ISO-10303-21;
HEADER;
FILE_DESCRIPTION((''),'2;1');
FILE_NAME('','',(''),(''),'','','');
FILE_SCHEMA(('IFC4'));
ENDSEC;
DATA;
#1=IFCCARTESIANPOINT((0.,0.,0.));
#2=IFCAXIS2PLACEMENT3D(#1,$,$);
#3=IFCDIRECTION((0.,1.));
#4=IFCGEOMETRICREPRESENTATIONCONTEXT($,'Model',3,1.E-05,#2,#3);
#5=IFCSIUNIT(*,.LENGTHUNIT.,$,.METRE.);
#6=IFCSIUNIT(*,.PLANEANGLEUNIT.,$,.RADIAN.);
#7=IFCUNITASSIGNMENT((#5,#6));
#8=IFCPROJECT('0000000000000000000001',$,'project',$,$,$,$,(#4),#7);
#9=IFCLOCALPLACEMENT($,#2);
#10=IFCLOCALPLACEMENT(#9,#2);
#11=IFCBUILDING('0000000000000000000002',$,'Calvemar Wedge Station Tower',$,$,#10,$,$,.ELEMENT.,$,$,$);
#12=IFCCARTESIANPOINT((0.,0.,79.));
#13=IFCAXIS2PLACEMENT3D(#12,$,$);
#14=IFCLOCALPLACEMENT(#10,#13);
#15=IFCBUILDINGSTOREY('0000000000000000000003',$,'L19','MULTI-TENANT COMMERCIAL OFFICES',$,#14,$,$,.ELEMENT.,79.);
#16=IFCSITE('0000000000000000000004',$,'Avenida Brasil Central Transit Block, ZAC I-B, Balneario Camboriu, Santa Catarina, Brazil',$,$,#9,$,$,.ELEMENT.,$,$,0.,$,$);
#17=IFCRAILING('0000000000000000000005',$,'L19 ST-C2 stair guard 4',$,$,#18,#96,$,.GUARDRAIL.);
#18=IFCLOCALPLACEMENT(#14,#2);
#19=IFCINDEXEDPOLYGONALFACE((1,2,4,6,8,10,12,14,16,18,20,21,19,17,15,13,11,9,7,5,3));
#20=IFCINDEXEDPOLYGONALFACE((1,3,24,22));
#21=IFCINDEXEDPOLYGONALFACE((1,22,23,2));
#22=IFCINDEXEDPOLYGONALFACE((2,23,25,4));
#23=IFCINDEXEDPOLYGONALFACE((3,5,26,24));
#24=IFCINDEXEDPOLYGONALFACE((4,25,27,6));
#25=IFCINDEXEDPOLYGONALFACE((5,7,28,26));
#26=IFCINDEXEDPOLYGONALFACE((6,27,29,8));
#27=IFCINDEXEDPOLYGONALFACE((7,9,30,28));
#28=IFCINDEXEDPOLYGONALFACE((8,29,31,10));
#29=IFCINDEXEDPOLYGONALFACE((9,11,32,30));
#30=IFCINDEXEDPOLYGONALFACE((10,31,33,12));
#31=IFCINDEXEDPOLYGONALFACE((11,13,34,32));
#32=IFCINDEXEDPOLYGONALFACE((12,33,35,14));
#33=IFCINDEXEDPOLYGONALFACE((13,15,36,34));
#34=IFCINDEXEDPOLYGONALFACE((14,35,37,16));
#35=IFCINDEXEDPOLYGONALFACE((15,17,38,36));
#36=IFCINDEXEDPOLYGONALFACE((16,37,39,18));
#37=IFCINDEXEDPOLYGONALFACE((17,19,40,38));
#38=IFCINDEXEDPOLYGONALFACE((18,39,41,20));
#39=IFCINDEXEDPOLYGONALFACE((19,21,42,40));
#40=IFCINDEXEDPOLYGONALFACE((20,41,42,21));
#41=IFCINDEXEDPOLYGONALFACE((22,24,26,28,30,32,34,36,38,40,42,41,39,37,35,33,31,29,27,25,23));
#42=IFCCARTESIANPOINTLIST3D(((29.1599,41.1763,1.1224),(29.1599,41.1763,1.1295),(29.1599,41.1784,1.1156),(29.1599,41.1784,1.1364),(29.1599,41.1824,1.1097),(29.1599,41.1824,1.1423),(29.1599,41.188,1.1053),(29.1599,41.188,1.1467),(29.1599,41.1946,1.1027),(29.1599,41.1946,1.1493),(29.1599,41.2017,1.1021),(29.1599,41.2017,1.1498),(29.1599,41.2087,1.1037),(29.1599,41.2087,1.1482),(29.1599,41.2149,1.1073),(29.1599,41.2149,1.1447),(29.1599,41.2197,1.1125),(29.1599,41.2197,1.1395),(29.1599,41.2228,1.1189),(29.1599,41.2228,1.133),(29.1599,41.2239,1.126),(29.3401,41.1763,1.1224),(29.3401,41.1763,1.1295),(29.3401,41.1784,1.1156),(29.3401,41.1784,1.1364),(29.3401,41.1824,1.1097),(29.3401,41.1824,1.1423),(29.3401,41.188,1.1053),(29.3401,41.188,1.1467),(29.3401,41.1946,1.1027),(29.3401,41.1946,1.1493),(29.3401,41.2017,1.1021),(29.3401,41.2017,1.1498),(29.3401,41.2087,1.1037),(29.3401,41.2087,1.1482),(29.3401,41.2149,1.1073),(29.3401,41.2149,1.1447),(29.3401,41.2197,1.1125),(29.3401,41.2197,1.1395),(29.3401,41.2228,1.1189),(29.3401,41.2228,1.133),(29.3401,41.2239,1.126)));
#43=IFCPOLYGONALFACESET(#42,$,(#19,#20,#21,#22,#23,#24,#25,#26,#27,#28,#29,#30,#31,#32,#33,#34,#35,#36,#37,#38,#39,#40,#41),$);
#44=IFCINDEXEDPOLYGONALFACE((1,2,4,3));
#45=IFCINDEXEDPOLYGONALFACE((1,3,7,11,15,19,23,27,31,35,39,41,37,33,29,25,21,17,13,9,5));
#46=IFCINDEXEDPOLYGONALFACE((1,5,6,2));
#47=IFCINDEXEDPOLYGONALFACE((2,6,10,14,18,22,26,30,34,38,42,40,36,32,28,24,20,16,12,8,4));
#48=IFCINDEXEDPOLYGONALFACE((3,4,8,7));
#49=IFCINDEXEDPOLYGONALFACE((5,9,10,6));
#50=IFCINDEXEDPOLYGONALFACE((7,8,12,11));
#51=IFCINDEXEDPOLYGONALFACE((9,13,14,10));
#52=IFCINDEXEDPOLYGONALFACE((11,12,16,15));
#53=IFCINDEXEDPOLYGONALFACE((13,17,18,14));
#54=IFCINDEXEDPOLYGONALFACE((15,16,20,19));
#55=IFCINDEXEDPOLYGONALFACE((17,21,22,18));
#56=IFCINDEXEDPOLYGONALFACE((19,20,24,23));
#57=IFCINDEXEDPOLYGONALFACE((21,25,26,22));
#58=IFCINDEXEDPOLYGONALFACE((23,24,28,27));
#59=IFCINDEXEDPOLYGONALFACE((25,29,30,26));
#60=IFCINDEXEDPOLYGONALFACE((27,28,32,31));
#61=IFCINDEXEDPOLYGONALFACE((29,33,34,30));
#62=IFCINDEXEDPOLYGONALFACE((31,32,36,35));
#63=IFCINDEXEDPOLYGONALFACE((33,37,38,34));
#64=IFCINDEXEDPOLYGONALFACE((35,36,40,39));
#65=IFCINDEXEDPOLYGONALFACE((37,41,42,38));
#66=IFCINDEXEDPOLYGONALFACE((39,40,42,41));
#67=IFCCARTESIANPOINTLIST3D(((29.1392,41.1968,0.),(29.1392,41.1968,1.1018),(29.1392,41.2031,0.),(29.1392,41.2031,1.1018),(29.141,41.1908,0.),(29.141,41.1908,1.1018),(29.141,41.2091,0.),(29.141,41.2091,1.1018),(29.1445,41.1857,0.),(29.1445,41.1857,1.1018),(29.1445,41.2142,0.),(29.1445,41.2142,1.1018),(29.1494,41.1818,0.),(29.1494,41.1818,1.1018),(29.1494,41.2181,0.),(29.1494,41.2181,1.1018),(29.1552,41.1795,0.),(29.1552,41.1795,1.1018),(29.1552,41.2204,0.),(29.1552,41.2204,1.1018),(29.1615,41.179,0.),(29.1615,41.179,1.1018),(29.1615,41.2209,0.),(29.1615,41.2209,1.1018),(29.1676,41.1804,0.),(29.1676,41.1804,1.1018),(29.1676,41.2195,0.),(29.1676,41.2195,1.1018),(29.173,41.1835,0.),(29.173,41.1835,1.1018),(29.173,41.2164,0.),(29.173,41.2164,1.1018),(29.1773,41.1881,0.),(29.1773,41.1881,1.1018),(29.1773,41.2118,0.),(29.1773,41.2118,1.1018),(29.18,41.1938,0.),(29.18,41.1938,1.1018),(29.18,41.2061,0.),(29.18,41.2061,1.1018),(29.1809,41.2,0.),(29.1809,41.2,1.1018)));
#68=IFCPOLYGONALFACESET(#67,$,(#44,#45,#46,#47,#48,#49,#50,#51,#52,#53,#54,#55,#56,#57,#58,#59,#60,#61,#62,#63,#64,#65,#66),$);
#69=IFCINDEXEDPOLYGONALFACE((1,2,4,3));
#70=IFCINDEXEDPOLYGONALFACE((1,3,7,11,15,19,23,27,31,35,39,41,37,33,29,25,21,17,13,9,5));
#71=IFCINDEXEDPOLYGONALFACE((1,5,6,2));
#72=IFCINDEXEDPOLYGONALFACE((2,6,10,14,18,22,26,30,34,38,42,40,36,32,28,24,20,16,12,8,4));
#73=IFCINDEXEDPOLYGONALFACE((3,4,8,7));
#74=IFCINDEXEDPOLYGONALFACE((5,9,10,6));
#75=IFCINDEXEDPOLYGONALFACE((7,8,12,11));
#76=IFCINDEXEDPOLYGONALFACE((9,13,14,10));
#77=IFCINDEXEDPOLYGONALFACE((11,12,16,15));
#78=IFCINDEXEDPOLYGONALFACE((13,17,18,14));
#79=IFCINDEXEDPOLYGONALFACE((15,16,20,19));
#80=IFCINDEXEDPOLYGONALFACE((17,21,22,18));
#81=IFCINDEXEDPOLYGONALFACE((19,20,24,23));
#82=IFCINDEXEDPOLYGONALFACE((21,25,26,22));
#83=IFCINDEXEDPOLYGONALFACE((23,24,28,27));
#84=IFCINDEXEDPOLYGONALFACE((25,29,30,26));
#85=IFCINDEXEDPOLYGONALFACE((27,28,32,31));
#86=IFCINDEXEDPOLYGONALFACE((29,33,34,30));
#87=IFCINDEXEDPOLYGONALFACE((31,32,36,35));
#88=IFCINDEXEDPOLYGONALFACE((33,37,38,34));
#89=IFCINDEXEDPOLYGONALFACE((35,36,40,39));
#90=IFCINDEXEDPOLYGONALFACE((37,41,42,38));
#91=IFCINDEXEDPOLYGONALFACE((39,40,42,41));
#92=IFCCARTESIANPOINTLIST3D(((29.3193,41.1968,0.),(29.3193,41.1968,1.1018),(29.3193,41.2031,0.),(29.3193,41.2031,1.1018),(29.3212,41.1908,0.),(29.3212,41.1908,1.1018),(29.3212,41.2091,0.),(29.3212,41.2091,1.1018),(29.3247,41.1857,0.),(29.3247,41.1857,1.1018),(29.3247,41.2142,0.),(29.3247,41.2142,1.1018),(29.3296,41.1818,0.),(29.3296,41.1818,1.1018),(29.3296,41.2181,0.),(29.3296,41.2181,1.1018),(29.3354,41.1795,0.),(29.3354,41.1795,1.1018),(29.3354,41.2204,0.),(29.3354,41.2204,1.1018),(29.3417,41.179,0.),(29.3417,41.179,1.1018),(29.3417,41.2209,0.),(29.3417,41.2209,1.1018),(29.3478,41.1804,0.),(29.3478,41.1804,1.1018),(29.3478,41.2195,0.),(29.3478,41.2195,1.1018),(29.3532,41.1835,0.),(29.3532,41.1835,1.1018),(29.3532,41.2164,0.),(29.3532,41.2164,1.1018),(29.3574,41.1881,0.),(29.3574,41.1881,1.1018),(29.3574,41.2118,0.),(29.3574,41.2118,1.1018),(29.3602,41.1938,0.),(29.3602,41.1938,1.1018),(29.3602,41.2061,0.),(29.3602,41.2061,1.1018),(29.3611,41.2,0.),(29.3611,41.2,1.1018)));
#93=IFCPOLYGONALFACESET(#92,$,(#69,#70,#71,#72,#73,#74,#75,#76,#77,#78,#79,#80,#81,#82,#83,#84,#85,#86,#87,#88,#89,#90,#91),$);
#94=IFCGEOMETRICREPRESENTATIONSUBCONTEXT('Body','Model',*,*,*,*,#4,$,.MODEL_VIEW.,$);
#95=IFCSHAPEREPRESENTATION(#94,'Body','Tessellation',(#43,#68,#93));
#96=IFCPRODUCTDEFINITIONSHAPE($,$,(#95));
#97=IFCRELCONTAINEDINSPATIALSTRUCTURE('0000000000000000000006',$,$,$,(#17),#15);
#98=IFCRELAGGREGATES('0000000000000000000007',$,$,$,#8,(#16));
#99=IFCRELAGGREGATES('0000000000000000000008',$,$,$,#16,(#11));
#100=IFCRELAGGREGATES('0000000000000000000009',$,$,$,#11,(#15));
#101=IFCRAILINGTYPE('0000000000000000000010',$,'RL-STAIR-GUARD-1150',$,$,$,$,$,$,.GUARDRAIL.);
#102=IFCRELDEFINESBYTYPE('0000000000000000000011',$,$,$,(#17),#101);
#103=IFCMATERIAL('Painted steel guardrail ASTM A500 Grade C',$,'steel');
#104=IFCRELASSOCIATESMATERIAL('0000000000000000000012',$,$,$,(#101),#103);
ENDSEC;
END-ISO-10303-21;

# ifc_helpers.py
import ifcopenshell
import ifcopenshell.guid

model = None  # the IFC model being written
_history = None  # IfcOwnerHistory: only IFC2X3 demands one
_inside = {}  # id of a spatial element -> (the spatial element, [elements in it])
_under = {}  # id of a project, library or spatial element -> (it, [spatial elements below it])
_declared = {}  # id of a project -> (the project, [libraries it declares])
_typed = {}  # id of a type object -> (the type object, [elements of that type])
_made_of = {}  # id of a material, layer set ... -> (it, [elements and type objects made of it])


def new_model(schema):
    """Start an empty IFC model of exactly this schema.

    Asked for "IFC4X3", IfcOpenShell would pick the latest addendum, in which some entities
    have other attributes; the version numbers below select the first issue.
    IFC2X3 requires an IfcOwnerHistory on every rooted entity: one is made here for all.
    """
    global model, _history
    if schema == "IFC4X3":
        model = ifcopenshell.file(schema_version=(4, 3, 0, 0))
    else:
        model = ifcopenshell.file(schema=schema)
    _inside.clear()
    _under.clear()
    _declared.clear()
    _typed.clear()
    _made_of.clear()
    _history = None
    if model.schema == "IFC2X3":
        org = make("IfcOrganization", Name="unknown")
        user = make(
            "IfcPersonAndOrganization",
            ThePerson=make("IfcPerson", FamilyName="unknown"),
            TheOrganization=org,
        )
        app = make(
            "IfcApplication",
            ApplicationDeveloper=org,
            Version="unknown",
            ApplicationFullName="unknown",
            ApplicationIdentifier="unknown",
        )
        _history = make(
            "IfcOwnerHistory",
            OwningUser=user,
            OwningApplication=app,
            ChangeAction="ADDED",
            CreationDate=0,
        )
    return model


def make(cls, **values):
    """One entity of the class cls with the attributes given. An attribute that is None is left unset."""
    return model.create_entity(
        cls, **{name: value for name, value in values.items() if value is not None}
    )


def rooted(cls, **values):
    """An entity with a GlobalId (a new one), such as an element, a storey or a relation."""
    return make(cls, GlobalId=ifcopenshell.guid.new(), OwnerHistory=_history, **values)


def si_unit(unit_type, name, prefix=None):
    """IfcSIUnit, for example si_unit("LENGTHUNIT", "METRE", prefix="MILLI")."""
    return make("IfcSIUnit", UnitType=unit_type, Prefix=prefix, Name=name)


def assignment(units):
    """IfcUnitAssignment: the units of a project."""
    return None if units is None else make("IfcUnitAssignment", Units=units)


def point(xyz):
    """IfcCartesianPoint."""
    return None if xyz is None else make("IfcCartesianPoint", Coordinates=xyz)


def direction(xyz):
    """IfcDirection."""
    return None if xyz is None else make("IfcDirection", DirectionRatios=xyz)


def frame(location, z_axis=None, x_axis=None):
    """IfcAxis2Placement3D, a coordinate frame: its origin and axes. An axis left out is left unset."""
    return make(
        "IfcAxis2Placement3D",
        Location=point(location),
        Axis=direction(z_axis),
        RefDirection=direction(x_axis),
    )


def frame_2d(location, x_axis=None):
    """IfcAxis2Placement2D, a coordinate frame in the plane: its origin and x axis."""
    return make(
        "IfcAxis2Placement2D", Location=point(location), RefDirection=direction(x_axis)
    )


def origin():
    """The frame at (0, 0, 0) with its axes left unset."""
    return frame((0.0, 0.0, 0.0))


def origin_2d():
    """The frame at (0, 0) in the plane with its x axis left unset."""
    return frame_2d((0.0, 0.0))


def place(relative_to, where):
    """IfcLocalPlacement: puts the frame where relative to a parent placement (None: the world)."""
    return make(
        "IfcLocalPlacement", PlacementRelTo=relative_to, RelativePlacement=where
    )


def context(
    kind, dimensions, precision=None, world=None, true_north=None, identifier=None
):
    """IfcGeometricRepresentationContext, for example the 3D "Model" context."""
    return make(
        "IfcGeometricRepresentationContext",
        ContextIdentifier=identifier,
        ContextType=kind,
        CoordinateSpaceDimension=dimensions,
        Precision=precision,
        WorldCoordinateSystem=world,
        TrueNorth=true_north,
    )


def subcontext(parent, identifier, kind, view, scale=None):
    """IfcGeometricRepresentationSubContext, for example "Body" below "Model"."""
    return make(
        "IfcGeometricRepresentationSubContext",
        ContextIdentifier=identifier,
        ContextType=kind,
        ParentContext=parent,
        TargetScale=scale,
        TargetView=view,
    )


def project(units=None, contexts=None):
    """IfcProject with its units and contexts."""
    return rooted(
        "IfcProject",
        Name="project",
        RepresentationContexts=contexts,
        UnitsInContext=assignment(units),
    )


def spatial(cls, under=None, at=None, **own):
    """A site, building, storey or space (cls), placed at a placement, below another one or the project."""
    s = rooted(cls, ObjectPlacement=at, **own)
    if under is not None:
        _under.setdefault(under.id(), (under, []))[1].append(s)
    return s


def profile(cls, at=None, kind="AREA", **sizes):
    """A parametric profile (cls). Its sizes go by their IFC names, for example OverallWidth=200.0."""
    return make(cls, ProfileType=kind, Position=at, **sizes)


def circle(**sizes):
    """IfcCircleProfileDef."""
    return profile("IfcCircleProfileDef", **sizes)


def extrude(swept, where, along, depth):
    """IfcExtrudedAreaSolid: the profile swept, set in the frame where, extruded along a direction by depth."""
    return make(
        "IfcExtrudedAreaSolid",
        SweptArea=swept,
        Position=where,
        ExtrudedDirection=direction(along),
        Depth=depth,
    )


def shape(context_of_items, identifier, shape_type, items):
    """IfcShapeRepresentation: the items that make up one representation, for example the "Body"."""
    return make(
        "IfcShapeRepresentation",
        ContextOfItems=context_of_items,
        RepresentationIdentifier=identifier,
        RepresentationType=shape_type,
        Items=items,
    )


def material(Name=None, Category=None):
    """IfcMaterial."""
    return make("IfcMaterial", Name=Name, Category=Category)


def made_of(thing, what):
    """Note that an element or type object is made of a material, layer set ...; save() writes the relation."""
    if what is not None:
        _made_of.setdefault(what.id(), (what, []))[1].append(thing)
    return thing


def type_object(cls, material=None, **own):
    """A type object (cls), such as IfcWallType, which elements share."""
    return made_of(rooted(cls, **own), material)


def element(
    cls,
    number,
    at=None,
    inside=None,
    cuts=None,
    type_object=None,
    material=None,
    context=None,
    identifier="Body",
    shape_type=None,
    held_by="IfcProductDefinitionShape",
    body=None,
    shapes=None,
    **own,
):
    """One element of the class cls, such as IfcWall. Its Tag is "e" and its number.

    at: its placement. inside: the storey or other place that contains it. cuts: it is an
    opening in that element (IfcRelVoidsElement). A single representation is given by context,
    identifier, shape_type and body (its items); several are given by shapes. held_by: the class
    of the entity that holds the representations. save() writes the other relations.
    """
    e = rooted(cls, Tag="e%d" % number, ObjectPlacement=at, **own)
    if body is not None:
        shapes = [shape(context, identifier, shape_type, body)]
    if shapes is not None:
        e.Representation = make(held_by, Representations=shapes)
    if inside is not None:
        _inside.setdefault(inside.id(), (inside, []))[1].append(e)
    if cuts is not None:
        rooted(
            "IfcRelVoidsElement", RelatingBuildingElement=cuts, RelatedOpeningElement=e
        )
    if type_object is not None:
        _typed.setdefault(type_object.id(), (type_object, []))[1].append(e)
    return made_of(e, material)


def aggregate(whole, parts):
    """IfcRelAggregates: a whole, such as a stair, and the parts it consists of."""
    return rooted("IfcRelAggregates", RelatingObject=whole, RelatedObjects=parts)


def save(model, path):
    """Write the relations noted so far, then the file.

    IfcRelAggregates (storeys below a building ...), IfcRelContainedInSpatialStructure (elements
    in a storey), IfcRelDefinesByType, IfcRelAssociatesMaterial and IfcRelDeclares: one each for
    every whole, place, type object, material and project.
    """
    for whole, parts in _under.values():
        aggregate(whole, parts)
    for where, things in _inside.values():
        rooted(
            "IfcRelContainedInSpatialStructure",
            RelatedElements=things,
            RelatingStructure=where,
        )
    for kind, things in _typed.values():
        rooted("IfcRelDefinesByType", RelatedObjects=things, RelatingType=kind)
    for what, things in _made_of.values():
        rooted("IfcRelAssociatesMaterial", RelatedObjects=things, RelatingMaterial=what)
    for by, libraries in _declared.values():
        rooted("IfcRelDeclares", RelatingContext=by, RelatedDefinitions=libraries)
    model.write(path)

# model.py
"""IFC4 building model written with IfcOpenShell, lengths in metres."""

from ifc_helpers import new_model, si_unit, direction, frame, origin, origin_2d, place, context, subcontext, project, spatial, circle, extrude, material, type_object, element, save


model = new_model("IFC4")

# Units and contexts
model_context = context("Model", 3, precision=1e-05, world=origin(), true_north=direction((0.0, 1.0)))
body_context = subcontext(model_context, "Body", "Model", "MODEL_VIEW")
ifc_project = project(units=[si_unit("LENGTHUNIT", "METRE"), si_unit("PLANEANGLEUNIT", "RADIAN")], contexts=[model_context])

# Site, building, storey
site_placement = place(None, origin())
site = spatial("IfcSite", under=ifc_project, at=site_placement, Name="Avenida Brasil Central Transit Block, ZAC I-B, Balneario Camboriu, Santa Catarina, Brazil", CompositionType="ELEMENT", RefElevation=0.0)
building_placement = place(site_placement, origin())
building = spatial("IfcBuilding", under=site, at=building_placement, Name="Calvemar Wedge Station Tower", CompositionType="ELEMENT")
storey_placement = place(building_placement, frame((0.0, 0.0, 79.0)))
storey = spatial("IfcBuildingStorey", under=building, at=storey_placement, Name="L19", Description="MULTI-TENANT COMMERCIAL OFFICES", CompositionType="ELEMENT", Elevation=79.0)

# Railing
ifc_material_1 = material(Name="Painted steel guardrail ASTM A500 Grade C", Category="steel")
railing_type_1 = type_object("IfcRailingType", Name="RL-STAIR-GUARD-1150", PredefinedType="GUARDRAIL", material=ifc_material_1)
railing_1_placement = place(storey_placement, frame((29.1599, 41.2, 0.0)))
element("IfcRailing", 1, at=railing_1_placement, inside=storey, type_object=railing_type_1, Name="L19 ST-C2 stair guard 4", PredefinedType="GUARDRAIL", context=body_context, shape_type="SweptSolid", body=[
    extrude(circle(Radius=0.0239, at=origin_2d()), frame((0.0, 0.0, 1.126), z_axis=(1.0, 0.0, 0.0), x_axis=(0.0, 1.0, 0.0)), (0.0, 0.0, 1.0), 0.1802),
    extrude(circle(Radius=0.021, at=origin_2d()), origin(), (0.0, 0.0, 1.0), 1.1018),
    extrude(circle(Radius=0.021, at=origin_2d()), frame((0.1802, 0.0, 0.0)), (0.0, 0.0, 1.0), 1.1018),
])

save(model, "model.ifc")
